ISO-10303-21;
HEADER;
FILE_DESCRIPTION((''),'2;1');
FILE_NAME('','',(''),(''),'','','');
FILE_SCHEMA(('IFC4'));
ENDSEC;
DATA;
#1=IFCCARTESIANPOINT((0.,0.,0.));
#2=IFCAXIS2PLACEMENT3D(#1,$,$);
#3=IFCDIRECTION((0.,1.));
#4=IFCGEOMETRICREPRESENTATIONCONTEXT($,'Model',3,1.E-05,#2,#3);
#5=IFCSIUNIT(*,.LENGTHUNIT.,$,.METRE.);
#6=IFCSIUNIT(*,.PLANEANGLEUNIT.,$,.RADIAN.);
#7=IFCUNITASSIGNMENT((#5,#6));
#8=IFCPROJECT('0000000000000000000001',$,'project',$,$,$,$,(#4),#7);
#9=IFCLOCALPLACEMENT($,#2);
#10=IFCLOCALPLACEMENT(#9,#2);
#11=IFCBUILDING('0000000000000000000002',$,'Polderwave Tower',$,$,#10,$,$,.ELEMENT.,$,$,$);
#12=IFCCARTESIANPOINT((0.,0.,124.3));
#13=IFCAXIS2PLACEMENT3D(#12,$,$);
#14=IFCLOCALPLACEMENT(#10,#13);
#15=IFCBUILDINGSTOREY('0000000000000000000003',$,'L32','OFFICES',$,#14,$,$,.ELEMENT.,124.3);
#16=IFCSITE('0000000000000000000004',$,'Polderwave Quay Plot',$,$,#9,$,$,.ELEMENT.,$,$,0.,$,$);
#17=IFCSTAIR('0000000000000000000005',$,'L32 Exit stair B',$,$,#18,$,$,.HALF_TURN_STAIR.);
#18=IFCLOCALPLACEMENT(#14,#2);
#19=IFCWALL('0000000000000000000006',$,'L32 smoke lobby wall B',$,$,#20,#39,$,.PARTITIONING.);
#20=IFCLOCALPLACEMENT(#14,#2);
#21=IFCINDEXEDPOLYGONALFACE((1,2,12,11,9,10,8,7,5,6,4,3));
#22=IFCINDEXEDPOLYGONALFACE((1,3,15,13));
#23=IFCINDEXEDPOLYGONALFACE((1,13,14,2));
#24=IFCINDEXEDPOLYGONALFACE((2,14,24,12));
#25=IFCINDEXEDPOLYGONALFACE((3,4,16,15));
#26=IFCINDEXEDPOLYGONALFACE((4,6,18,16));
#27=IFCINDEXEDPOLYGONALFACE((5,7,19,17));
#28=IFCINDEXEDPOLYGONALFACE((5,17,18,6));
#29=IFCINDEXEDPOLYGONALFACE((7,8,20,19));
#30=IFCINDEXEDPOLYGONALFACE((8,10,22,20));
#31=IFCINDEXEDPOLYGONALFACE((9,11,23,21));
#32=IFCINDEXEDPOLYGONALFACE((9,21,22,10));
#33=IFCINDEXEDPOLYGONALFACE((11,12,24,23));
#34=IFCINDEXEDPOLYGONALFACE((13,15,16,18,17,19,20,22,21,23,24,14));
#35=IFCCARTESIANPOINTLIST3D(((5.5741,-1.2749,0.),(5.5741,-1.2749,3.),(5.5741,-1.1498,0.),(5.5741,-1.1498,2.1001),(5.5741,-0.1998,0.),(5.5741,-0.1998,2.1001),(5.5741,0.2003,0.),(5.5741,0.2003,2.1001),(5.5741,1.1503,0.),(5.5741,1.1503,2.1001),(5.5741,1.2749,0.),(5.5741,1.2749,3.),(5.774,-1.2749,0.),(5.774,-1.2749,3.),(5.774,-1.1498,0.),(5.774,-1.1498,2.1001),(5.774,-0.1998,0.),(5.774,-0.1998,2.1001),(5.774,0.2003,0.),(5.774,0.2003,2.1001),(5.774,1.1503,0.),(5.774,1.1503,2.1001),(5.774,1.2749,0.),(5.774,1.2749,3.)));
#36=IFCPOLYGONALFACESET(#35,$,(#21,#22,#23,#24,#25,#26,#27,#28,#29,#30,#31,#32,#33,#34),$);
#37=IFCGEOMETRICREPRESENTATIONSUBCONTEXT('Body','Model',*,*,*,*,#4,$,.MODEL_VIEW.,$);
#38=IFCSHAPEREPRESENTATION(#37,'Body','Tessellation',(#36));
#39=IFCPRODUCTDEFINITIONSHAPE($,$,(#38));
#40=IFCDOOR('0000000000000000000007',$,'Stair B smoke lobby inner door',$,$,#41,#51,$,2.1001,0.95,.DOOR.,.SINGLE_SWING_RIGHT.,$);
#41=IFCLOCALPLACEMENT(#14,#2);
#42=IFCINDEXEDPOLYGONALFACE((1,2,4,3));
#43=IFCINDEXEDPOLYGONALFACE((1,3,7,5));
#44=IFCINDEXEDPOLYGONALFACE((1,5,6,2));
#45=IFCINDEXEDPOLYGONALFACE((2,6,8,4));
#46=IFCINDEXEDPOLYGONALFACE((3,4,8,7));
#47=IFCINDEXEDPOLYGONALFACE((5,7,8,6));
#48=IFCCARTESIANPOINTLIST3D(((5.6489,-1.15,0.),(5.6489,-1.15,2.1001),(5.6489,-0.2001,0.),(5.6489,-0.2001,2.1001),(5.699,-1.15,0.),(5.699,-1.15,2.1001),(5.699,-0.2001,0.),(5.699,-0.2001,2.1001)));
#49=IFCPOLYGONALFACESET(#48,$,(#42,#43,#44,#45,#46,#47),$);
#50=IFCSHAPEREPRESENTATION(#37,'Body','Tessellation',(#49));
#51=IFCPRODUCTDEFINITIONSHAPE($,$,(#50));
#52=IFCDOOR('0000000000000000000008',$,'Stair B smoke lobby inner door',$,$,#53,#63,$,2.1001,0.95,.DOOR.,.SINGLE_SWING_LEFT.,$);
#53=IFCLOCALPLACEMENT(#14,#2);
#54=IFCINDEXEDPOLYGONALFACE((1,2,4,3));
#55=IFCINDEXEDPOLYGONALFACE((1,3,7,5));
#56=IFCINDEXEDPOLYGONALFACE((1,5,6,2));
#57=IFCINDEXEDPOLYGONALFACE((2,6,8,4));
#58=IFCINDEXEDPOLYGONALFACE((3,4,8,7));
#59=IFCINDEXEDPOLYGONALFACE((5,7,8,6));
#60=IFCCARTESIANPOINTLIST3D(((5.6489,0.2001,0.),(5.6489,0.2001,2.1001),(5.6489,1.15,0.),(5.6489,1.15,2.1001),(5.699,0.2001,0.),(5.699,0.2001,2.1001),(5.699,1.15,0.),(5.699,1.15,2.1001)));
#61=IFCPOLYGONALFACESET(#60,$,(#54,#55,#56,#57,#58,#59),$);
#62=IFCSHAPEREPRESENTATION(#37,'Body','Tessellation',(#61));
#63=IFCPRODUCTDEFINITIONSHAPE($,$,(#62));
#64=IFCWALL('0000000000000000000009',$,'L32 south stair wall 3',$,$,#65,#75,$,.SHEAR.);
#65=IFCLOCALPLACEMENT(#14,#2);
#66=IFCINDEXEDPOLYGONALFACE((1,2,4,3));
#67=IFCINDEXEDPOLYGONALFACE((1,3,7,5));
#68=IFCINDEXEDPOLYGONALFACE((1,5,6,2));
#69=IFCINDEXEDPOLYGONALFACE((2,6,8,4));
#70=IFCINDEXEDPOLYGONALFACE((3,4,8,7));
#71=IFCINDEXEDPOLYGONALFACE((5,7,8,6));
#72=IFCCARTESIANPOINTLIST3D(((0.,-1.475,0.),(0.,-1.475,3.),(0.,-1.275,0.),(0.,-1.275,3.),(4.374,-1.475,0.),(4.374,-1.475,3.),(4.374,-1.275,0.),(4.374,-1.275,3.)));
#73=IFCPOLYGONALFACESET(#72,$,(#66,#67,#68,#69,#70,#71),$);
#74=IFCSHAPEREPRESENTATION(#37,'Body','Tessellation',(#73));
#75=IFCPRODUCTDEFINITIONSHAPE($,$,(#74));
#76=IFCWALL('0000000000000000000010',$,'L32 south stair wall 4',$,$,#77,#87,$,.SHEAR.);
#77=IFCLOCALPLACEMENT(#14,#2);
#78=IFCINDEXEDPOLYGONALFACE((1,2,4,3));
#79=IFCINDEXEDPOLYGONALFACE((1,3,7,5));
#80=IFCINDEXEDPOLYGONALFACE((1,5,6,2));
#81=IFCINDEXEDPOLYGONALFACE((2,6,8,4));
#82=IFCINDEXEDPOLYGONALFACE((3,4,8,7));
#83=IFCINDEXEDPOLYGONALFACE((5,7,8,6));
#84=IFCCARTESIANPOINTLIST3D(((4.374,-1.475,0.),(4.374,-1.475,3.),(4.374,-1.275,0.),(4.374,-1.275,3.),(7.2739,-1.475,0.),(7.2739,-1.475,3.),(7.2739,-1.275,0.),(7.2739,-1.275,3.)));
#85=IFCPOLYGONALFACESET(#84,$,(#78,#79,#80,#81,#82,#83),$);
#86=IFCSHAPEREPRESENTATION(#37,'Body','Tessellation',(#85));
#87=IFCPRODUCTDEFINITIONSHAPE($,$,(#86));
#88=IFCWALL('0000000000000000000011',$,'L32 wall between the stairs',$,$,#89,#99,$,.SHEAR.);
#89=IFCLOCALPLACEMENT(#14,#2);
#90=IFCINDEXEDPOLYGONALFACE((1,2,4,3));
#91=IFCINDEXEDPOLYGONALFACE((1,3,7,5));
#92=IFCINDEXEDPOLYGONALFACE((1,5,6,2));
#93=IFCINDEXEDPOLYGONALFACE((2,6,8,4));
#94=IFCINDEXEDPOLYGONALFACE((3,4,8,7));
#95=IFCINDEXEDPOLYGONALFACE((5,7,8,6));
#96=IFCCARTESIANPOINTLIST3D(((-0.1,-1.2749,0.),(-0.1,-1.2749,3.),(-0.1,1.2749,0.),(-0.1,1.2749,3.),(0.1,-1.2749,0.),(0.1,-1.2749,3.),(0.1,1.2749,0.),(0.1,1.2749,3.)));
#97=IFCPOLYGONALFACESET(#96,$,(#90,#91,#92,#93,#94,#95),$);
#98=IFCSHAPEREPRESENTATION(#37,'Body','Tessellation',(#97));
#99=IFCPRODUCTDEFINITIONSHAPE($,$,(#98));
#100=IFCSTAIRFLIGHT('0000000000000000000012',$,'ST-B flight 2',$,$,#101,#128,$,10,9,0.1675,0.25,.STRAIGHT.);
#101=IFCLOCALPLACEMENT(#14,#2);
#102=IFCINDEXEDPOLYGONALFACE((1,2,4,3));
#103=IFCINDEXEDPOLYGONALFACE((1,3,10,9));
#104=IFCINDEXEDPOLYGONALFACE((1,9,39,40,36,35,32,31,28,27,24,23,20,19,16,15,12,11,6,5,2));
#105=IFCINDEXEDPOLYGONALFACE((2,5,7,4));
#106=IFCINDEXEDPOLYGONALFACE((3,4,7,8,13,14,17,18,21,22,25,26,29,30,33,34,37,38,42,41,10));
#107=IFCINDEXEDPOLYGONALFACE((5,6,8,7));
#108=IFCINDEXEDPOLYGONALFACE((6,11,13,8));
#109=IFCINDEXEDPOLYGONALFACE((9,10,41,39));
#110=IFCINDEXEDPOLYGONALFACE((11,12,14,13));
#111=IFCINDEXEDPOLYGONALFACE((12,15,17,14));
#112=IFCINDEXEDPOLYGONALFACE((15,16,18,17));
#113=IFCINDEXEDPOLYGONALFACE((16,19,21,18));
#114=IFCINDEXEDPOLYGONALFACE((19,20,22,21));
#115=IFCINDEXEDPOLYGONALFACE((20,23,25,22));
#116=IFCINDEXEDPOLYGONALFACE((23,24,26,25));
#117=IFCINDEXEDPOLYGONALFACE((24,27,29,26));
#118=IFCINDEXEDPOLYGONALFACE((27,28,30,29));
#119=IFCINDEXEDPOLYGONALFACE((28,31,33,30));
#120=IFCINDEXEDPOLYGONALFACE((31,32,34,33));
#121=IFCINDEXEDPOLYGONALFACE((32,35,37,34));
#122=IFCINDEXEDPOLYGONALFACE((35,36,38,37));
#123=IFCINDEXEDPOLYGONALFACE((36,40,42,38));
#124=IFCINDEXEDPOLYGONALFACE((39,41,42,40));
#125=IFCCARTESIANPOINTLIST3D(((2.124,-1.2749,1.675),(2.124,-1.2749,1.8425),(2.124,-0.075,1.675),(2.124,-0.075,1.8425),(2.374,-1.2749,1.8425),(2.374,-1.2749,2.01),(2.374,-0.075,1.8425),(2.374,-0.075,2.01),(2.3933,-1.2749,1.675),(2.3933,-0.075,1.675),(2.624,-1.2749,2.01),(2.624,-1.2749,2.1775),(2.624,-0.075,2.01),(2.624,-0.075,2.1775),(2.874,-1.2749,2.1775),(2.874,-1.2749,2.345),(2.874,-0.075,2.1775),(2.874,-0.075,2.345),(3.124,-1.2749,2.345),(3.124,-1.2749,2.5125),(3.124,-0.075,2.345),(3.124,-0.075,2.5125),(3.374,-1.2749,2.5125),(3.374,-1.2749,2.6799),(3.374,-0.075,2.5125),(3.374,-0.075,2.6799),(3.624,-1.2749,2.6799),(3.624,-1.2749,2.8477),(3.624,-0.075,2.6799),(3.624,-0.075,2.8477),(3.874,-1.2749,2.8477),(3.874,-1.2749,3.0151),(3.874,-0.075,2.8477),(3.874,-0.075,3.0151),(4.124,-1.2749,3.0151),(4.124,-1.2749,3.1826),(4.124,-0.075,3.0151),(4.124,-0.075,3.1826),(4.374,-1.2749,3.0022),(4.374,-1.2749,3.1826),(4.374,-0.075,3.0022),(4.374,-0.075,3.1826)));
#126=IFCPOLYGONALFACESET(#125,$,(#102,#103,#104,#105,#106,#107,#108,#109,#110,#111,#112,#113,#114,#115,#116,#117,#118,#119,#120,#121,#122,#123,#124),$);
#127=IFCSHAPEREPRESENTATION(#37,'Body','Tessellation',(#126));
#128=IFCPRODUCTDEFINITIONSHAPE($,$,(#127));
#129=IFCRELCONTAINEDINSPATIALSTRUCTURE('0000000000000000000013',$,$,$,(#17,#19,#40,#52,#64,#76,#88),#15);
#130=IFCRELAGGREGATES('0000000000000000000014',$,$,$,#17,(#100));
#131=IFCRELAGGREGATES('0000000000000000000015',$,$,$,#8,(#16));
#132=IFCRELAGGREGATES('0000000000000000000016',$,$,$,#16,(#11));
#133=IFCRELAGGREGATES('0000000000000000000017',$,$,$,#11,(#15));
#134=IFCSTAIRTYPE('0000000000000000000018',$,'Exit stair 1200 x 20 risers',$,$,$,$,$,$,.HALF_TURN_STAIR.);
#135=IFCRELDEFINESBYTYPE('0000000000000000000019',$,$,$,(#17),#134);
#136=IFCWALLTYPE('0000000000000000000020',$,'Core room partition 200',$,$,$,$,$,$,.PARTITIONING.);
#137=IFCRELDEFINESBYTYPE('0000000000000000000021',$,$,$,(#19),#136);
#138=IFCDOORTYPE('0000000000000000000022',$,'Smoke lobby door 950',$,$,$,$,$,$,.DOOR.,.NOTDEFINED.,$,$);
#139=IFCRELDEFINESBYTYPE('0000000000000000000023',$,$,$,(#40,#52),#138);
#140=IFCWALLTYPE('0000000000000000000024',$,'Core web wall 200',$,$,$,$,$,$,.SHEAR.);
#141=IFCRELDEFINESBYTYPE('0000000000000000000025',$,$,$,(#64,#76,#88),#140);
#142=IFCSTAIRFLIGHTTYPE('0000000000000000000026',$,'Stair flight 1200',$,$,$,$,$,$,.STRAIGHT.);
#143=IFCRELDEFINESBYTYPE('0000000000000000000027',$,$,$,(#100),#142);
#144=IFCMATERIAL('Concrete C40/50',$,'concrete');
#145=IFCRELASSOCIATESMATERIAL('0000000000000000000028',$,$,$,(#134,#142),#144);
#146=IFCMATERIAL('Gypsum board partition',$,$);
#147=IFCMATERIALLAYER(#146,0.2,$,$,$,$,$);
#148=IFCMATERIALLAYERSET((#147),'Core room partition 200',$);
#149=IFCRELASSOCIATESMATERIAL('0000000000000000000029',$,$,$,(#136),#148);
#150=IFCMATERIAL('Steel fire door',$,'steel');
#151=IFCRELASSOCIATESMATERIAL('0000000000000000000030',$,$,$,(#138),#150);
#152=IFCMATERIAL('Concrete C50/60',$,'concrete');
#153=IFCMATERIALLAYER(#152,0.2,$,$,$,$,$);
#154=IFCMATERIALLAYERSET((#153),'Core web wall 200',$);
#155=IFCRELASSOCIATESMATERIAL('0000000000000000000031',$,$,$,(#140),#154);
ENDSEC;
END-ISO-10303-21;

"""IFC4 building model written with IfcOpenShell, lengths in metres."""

from ifc_helpers import new_model, si_unit, direction, frame, frame_2d, origin, place, context, subcontext, project, spatial, polyline, rectangle, outline, extrude, material, layer, layer_set, type_object, element, fill, aggregate, save


model = new_model("IFC4")

# Units and contexts
model_context = context("Model", 3, precision=1e-05, world=origin(), true_north=direction((0.0, 1.0)))
body_context = subcontext(model_context, "Body", "Model", "MODEL_VIEW")
ifc_project = project(units=[si_unit("LENGTHUNIT", "METRE"), si_unit("PLANEANGLEUNIT", "RADIAN")], contexts=[model_context])

# Site, building, storey
site_placement = place(None, origin())
site = spatial("IfcSite", under=ifc_project, at=site_placement, Name="Polderwave Quay Plot", CompositionType="ELEMENT", RefElevation=0.0)
building_placement = place(site_placement, origin())
building = spatial("IfcBuilding", under=site, at=building_placement, Name="Polderwave Tower", CompositionType="ELEMENT")
storey_placement = place(building_placement, frame((0.0, 0.0, 124.3)))
storey = spatial("IfcBuildingStorey", under=building, at=storey_placement, Name="L32", Description="OFFICES", CompositionType="ELEMENT", Elevation=124.3)

# Shared definitions
ifc_material_1 = material(Name="Concrete C40/50", Category="concrete")

# Stair
stair_type = type_object("IfcStairType", Name="Exit stair 1200 x 20 risers", PredefinedType="HALF_TURN_STAIR", material=ifc_material_1)
stair_1_placement = place(storey_placement, origin())
stair_1 = element("IfcStair", 1, at=stair_1_placement, inside=storey, type_object=stair_type, Name="L32 Exit stair B", PredefinedType="HALF_TURN_STAIR")

# Wall, openings, doors
ifc_material_2 = material(Name="Gypsum board partition")
ifc_layer_1 = layer(ifc_material_2, 0.2)
ifc_layer_set_1 = layer_set([ifc_layer_1], Name="Core room partition 200")
wall_type_1 = type_object("IfcWallType", Name="Core room partition 200", PredefinedType="PARTITIONING", material=ifc_layer_set_1)
wall_1_placement = place(storey_placement, frame((5.6741, -1.2749, 0.0), z_axis=(0.0, 0.0, 1.0), x_axis=(0.0, 1.0, 0.0)))
wall_1 = element("IfcWall", 2, at=wall_1_placement, inside=storey, type_object=wall_type_1, Name="L32 smoke lobby wall B", PredefinedType="PARTITIONING", context=body_context, shape_type="SweptSolid", body=[
    extrude(rectangle(XDim=2.5498, YDim=0.2, at=frame_2d((1.2749, 0.0))), origin(), (0.0, 0.0, 1.0), 3.0),
])
opening_1_placement = place(wall_1_placement, frame((0.125, 0.0, 0.0)))
opening_1 = element("IfcOpeningElement", 3, at=opening_1_placement, cuts=wall_1, PredefinedType="OPENING", context=body_context, shape_type="SweptSolid", body=[
    extrude(rectangle(XDim=0.95, YDim=2.1001, at=frame_2d((0.4751, 1.05))), frame((0.0, 0.1099, 0.0), z_axis=(0.0, -1.0, 0.0), x_axis=(1.0, 0.0, 0.0)), (0.0, 0.0, 1.0), 0.22),
])
opening_2_placement = place(wall_1_placement, frame((1.4751, 0.0, 0.0)))
opening_2 = element("IfcOpeningElement", 4, at=opening_2_placement, cuts=wall_1, PredefinedType="OPENING", context=body_context, shape_type="SweptSolid", body=[
    extrude(rectangle(XDim=0.95, YDim=2.1001, at=frame_2d((0.4751, 1.05))), frame((0.0, 0.1099, 0.0), z_axis=(0.0, -1.0, 0.0), x_axis=(1.0, 0.0, 0.0)), (0.0, 0.0, 1.0), 0.22),
])
ifc_material_3 = material(Name="Steel fire door", Category="steel")
door_type = type_object("IfcDoorType", Name="Smoke lobby door 950", OperationType="NOTDEFINED", PredefinedType="DOOR", material=ifc_material_3)
door_1_placement = place(opening_1_placement, frame((0.95, 0.0, 0.0), z_axis=(0.0, 0.0, 1.0), x_axis=(-1.0, 0.0, 0.0)))
door_1 = element("IfcDoor", 5, at=door_1_placement, inside=storey, type_object=door_type, Name="Stair B smoke lobby inner door", OperationType="SINGLE_SWING_RIGHT", OverallHeight=2.1001, OverallWidth=0.95, PredefinedType="DOOR", context=body_context, shape_type="SweptSolid", body=[
    extrude(rectangle(XDim=0.95, YDim=2.1001, at=frame_2d((0.4751, 1.05))), frame((0.0, 0.0249, 0.0), z_axis=(0.0, -1.0, 0.0), x_axis=(1.0, 0.0, 0.0)), (0.0, 0.0, 1.0), 0.05),
])
fill(opening_1, door_1)
door_2_placement = place(opening_2_placement, frame((0.95, 0.0, 0.0), z_axis=(0.0, 0.0, 1.0), x_axis=(-1.0, 0.0, 0.0)))
door_2 = element("IfcDoor", 6, at=door_2_placement, inside=storey, type_object=door_type, Name="Stair B smoke lobby inner door", OperationType="SINGLE_SWING_LEFT", OverallHeight=2.1001, OverallWidth=0.95, PredefinedType="DOOR", context=body_context, shape_type="SweptSolid", body=[
    extrude(rectangle(XDim=0.95, YDim=2.1001, at=frame_2d((0.4751, 1.05))), frame((0.0, 0.0249, 0.0), z_axis=(0.0, -1.0, 0.0), x_axis=(1.0, 0.0, 0.0)), (0.0, 0.0, 1.0), 0.05),
])
fill(opening_2, door_2)

# Walls
ifc_material_4 = material(Name="Concrete C50/60", Category="concrete")
ifc_layer_2 = layer(ifc_material_4, 0.2)
ifc_layer_set_2 = layer_set([ifc_layer_2], Name="Core web wall 200")
wall_type_2 = type_object("IfcWallType", Name="Core web wall 200", PredefinedType="SHEAR", material=ifc_layer_set_2)
wall_2_placement = place(storey_placement, frame((0.0, -1.375, 0.0), z_axis=(0.0, 0.0, 1.0), x_axis=(1.0, 0.0, 0.0)))
element("IfcWall", 7, at=wall_2_placement, inside=storey, type_object=wall_type_2, Name="L32 south stair wall 3", PredefinedType="SHEAR", context=body_context, shape_type="SweptSolid", body=[
    extrude(rectangle(XDim=4.374, YDim=0.2, at=frame_2d((2.187, 0.0))), origin(), (0.0, 0.0, 1.0), 3.0),
])
wall_3_placement = place(storey_placement, frame((4.374, -1.375, 0.0), z_axis=(0.0, 0.0, 1.0), x_axis=(1.0, 0.0, 0.0)))
element("IfcWall", 8, at=wall_3_placement, inside=storey, type_object=wall_type_2, Name="L32 south stair wall 4", PredefinedType="SHEAR", context=body_context, shape_type="SweptSolid", body=[
    extrude(rectangle(XDim=2.8999, YDim=0.2, at=frame_2d((1.45, 0.0))), origin(), (0.0, 0.0, 1.0), 3.0),
])
wall_4_placement = place(storey_placement, frame((0.0, -1.2749, 0.0), z_axis=(0.0, 0.0, 1.0), x_axis=(0.0, 1.0, 0.0)))
element("IfcWall", 9, at=wall_4_placement, inside=storey, type_object=wall_type_2, Name="L32 wall between the stairs", PredefinedType="SHEAR", context=body_context, shape_type="SweptSolid", body=[
    extrude(rectangle(XDim=2.5498, YDim=0.2, at=frame_2d((1.2749, 0.0))), origin(), (0.0, 0.0, 1.0), 3.0),
])

# Stair flight
stair_flight_type = type_object("IfcStairFlightType", Name="Stair flight 1200", PredefinedType="STRAIGHT", material=ifc_material_1)
stair_flight_placement = place(storey_placement, frame((2.124, -0.675, 1.675), z_axis=(0.0, 0.0, 1.0), x_axis=(1.0, 0.0, 0.0)))
stair_flight = element("IfcStairFlight", 10, at=stair_flight_placement, type_object=stair_flight_type, Name="ST-B flight 2", NumberOfRisers=10, NumberOfTreads=9, PredefinedType="STRAIGHT", RiserHeight=0.1675, TreadLength=0.25, context=body_context, shape_type="SweptSolid", body=[
    extrude(outline(polyline([(0.0, 0.0), (0.0, 0.1675), (0.25, 0.1675), (0.25, 0.335), (0.5, 0.335), (0.5, 0.5024), (0.75, 0.5024), (0.75, 0.6699), (1.0, 0.6699), (1.0, 0.8374), (1.25, 0.8374), (1.25, 1.0049), (1.5, 1.0049), (1.5, 1.1726), (1.75, 1.1726), (1.75, 1.3401), (2.0, 1.3401), (2.0, 1.5076), (2.25, 1.5076), (2.25, 1.675), (2.25, 1.3271), (0.2693, 0.0), (0.0, 0.0)])), frame((0.0, 0.6001, 0.0), z_axis=(0.0, -1.0, 0.0), x_axis=(1.0, 0.0, 0.0)), (0.0, 0.0, 1.0), 1.2),
])
aggregate(stair_1, [stair_flight])

save(model, "model.ifc")
